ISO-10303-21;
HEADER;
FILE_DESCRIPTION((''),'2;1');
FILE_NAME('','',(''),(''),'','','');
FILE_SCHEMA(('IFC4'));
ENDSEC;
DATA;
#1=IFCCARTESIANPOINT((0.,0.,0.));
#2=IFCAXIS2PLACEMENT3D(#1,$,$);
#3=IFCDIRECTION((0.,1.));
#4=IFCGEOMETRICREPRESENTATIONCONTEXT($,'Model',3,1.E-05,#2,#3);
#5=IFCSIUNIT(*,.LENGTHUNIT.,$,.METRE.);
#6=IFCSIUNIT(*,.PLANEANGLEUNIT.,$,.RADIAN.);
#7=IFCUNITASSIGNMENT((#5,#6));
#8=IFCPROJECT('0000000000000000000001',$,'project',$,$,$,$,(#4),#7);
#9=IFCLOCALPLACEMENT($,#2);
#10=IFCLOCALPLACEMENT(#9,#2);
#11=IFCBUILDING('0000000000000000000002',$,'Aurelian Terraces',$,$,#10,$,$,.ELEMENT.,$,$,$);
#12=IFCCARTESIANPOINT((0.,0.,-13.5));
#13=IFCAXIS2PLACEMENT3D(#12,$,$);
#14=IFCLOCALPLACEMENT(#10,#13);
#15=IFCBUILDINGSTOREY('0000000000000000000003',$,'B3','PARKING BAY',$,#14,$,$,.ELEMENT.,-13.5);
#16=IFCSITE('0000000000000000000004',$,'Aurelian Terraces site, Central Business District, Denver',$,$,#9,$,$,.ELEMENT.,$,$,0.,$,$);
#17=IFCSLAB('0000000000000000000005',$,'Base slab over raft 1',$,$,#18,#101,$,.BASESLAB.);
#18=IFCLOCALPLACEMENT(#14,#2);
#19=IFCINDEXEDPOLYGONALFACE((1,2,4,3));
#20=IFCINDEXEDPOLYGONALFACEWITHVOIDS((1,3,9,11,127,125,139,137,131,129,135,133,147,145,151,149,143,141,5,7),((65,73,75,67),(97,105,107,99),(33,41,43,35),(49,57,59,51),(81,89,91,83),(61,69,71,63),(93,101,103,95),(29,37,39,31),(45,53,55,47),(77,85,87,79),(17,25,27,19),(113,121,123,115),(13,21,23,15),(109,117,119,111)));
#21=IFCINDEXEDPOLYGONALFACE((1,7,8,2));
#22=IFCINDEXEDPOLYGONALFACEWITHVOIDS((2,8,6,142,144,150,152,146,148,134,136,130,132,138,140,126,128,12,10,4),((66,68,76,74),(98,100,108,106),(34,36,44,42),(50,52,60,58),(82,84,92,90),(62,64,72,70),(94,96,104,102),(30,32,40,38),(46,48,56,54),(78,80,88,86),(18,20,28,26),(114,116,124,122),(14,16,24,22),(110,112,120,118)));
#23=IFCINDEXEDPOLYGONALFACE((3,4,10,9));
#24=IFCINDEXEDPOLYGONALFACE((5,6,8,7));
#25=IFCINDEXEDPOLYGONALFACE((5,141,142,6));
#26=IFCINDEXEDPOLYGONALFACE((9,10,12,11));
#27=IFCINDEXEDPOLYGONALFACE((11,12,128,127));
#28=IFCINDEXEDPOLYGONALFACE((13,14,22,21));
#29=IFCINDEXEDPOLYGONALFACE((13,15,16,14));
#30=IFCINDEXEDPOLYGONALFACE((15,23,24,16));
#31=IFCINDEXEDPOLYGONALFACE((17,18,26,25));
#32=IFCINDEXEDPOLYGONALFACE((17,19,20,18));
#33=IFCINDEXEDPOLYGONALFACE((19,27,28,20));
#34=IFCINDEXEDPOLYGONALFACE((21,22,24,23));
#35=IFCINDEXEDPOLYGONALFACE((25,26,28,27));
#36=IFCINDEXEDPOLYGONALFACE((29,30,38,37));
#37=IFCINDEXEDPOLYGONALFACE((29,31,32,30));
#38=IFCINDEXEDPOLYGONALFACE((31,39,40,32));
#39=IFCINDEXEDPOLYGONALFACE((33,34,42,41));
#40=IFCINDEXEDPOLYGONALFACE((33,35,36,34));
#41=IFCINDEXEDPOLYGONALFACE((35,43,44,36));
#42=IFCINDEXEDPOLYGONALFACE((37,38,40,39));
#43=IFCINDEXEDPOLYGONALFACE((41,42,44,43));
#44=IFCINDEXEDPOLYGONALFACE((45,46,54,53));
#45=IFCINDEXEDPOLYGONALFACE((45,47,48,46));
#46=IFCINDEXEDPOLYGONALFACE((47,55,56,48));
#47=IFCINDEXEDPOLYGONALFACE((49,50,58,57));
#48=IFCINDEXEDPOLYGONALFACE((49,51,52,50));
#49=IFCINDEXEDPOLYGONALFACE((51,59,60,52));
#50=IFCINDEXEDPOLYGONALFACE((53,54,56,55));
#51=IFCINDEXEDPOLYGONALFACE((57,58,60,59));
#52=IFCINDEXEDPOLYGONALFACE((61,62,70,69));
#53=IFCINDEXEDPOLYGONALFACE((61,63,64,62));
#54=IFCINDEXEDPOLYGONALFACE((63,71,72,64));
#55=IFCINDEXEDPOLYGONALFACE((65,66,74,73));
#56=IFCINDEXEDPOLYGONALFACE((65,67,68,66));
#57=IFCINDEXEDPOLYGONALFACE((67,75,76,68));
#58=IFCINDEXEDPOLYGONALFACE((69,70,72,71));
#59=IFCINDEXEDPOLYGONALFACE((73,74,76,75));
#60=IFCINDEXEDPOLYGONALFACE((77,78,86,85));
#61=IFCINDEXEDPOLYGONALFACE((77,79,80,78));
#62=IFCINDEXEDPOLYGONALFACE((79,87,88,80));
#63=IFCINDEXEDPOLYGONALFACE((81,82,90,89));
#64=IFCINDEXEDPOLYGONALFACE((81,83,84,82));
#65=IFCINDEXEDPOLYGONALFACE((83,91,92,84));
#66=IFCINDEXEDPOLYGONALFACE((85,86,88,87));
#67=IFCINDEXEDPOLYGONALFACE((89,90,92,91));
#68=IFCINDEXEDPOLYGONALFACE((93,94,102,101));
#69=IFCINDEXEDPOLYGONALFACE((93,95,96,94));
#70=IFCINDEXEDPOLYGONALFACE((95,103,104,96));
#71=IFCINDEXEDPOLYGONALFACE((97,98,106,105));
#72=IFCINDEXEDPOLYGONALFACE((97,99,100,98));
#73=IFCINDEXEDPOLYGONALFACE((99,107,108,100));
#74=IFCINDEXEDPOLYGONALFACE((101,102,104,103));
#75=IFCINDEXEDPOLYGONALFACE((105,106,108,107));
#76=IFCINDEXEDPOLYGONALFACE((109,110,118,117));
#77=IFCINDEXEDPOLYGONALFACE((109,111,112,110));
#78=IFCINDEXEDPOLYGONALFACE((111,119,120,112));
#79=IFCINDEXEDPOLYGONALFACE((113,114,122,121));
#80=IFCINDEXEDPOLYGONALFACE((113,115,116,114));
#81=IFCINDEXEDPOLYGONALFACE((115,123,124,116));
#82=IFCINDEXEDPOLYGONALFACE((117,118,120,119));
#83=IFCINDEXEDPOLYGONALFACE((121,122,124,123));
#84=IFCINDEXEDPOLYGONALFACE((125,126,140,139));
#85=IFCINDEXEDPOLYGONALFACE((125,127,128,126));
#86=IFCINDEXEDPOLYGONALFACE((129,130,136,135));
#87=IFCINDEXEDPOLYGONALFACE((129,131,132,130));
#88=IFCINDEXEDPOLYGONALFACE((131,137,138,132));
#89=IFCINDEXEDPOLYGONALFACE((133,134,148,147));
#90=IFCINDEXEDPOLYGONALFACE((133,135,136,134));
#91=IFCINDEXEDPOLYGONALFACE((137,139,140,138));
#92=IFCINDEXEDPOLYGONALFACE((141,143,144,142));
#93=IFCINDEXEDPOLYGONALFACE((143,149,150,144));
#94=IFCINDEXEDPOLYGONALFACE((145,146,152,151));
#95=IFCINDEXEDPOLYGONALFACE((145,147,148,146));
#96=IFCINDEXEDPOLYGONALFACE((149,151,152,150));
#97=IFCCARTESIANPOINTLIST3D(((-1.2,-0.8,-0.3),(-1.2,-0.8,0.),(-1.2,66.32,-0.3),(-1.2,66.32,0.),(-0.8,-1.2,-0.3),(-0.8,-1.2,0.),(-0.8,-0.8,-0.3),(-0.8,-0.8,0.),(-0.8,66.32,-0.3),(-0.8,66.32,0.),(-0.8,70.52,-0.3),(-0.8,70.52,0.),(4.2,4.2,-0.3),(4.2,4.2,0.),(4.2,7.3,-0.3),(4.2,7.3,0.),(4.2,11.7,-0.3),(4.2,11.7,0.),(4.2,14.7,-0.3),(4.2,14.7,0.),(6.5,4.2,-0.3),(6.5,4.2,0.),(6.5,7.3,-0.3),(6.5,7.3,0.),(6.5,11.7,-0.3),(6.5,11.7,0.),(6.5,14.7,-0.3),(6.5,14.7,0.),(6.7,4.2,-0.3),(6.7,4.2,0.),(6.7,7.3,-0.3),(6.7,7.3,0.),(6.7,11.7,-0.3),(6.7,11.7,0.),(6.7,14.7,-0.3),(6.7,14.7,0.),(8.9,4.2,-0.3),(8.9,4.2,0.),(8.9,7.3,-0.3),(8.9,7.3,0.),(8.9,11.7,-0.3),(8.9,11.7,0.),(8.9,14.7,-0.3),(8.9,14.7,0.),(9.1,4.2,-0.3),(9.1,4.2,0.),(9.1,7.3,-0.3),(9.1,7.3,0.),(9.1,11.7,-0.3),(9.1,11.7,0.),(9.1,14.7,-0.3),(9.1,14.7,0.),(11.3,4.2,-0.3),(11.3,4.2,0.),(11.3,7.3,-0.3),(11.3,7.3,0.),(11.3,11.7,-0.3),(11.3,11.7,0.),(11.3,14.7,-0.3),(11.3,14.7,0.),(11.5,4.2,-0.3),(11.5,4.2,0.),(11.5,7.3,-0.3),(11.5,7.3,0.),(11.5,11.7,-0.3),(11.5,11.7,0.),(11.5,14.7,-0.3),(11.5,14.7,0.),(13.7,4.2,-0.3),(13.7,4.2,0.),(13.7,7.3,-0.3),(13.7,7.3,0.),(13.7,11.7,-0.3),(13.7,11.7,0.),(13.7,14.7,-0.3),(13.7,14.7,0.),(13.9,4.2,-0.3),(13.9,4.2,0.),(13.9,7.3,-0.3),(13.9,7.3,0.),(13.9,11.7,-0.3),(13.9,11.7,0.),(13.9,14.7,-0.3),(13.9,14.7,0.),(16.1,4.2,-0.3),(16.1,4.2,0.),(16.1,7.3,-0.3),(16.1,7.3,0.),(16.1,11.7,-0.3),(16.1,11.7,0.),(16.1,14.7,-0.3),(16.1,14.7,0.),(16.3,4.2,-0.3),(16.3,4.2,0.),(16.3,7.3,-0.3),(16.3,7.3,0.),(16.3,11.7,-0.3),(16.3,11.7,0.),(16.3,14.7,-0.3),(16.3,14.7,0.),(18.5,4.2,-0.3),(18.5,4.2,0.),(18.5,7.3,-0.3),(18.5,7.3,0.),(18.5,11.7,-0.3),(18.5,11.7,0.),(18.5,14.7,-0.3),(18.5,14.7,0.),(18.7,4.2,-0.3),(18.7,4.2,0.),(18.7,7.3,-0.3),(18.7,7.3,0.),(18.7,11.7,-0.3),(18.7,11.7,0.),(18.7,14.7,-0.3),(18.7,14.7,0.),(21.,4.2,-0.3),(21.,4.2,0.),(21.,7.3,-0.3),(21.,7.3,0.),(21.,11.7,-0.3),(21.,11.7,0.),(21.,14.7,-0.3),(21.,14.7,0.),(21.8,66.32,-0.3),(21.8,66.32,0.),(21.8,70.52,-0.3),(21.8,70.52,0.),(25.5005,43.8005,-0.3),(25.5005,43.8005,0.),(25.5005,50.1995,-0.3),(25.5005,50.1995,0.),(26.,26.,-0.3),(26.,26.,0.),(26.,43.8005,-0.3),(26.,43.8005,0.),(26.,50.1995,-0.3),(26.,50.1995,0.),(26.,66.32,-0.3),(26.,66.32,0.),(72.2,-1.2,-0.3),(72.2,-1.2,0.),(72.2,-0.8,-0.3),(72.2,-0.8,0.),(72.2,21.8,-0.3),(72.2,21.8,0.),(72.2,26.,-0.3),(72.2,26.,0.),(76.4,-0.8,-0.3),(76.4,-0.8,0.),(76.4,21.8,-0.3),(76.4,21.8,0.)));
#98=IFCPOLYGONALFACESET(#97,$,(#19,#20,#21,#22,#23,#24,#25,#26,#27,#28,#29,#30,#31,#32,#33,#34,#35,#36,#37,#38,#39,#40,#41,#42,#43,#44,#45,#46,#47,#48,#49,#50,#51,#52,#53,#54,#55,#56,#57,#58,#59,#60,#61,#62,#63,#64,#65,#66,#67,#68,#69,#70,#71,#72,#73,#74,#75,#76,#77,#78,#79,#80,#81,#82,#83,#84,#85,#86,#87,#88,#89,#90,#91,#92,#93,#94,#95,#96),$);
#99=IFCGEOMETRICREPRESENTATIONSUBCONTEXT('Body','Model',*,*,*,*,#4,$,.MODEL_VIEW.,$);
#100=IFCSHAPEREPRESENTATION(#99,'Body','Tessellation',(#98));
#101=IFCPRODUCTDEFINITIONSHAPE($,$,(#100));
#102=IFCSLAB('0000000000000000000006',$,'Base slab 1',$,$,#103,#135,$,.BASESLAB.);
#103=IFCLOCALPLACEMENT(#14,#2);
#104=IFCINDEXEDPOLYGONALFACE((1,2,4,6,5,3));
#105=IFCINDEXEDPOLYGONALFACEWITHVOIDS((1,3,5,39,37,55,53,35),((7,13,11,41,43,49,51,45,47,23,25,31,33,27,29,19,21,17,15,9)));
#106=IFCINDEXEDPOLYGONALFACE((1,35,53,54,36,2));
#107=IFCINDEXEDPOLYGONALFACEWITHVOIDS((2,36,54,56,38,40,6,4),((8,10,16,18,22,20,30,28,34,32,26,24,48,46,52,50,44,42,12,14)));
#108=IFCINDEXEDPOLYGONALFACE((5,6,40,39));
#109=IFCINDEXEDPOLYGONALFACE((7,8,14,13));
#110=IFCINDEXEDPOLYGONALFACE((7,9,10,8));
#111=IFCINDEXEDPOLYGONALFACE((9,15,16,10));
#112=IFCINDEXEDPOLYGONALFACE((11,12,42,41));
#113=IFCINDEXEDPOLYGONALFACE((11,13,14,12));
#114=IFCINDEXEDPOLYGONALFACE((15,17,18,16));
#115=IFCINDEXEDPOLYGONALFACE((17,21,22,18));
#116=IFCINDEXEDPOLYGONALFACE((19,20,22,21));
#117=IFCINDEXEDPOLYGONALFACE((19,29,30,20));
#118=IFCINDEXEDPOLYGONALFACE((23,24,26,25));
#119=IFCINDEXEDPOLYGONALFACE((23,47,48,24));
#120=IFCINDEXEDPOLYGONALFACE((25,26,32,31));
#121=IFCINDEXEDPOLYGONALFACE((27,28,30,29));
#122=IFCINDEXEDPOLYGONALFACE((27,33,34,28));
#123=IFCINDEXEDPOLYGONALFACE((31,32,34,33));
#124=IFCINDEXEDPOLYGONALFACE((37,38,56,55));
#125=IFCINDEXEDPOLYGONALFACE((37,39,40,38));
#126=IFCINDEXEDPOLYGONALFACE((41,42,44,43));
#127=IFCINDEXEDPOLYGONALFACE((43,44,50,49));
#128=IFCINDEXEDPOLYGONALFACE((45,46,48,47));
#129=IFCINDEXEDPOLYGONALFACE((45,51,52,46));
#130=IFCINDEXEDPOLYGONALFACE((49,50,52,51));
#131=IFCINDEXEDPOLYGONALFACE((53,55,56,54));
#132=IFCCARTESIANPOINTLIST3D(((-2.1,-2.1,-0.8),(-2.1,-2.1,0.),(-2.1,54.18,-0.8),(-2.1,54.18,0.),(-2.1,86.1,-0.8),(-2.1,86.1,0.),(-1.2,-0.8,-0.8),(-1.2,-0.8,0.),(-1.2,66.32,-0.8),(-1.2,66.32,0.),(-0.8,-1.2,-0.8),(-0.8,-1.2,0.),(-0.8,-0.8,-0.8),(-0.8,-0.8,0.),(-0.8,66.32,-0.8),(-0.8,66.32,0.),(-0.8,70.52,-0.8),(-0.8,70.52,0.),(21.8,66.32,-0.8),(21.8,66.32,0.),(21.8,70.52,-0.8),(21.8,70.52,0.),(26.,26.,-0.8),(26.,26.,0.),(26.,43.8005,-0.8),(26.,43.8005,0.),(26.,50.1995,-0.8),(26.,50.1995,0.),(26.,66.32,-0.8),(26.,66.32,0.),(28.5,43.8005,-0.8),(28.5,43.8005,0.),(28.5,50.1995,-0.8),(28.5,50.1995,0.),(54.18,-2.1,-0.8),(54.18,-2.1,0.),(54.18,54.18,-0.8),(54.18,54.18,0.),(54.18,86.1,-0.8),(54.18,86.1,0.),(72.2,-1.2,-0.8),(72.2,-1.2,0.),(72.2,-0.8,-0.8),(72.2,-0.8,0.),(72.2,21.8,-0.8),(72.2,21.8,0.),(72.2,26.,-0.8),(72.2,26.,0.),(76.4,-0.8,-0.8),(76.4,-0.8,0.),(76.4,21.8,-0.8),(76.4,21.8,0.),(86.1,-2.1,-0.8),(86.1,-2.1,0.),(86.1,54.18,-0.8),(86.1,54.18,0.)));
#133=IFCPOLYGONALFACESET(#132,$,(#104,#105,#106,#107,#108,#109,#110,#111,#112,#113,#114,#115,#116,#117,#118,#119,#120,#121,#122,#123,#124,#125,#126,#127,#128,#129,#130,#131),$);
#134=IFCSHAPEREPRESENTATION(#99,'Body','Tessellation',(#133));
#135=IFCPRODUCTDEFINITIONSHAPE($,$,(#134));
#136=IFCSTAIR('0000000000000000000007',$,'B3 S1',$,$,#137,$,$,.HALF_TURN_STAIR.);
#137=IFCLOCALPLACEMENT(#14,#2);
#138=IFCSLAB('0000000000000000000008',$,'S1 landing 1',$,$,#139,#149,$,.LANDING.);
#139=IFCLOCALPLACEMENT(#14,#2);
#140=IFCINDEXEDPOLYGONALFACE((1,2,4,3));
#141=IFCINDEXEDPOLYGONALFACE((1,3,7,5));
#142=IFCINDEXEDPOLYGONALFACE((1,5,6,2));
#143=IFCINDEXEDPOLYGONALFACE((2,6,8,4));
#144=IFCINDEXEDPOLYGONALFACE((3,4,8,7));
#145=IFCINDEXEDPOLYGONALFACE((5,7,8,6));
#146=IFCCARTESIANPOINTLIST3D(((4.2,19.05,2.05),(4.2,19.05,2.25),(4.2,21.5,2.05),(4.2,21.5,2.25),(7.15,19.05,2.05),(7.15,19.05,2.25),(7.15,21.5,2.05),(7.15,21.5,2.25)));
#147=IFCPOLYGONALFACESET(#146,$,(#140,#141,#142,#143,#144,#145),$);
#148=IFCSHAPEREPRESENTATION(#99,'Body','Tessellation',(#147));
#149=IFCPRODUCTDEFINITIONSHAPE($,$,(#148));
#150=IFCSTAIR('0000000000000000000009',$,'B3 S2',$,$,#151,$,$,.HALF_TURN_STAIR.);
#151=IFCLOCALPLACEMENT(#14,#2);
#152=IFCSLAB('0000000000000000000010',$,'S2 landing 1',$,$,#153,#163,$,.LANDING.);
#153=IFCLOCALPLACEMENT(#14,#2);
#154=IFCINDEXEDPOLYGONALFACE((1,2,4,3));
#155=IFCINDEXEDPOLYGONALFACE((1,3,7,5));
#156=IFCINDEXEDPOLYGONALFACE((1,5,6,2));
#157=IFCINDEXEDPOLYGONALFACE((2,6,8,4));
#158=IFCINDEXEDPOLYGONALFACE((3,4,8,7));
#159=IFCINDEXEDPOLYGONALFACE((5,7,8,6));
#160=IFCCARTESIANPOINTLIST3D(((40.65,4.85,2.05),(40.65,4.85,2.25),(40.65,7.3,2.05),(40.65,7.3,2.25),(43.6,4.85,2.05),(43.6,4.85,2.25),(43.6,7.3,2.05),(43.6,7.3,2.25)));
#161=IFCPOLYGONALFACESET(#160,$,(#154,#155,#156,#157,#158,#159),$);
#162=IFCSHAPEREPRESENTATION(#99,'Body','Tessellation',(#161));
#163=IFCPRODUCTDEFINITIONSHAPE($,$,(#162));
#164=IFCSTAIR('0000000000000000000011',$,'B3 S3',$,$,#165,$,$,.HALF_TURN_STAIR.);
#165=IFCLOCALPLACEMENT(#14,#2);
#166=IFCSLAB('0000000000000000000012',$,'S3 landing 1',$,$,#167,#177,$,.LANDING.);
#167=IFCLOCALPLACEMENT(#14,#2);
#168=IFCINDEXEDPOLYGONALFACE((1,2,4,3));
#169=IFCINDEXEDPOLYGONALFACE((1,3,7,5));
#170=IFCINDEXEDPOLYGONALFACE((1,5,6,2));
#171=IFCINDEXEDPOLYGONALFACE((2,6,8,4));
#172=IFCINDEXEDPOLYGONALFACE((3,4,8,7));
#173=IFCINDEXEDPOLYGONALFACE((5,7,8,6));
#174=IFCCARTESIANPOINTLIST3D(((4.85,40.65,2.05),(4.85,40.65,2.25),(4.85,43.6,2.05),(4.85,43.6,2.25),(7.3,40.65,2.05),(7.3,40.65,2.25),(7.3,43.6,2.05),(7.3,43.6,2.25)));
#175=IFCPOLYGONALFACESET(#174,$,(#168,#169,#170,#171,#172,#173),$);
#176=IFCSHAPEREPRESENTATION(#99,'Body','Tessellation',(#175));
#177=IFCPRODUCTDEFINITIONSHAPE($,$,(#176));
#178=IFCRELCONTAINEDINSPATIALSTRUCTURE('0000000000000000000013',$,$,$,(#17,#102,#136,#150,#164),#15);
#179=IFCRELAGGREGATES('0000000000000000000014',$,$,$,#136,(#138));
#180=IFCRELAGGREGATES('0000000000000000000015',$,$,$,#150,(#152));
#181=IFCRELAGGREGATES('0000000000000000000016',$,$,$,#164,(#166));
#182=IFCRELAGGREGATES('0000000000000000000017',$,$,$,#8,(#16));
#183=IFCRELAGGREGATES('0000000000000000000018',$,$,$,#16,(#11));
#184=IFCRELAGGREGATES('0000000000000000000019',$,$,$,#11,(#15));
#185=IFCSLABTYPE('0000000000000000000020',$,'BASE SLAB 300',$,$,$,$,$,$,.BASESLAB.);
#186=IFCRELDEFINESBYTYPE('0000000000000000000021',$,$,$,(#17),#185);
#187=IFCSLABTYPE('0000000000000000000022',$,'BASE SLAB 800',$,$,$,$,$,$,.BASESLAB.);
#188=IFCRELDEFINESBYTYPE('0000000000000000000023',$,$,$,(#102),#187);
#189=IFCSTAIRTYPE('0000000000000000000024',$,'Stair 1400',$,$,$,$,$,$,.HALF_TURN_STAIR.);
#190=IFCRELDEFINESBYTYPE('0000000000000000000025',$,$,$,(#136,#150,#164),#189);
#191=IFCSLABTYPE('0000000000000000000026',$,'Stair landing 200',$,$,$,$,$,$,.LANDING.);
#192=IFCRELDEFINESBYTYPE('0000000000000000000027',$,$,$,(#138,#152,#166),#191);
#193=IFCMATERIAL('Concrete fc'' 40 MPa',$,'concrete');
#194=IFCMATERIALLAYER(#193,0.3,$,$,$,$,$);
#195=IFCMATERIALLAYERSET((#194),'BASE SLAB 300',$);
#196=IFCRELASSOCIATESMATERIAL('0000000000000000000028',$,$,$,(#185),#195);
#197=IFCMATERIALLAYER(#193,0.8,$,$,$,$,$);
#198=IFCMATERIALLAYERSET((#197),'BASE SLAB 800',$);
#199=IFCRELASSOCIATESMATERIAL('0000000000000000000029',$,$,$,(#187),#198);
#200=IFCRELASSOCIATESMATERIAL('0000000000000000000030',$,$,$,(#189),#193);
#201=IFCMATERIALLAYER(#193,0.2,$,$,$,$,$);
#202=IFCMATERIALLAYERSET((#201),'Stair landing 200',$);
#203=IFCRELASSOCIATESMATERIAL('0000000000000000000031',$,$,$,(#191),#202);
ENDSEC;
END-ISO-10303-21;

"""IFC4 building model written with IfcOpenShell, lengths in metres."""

from ifc_helpers import new_model, si_unit, direction, frame, origin, place, context, subcontext, project, spatial, polyline, outline, extrude, material, layer, layer_set, type_object, element, aggregate, save


model = new_model("IFC4")

# Units and contexts
model_context = context("Model", 3, precision=1e-05, world=origin(), true_north=direction((0.0, 1.0)))
body_context = subcontext(model_context, "Body", "Model", "MODEL_VIEW")
ifc_project = project(units=[si_unit("LENGTHUNIT", "METRE"), si_unit("PLANEANGLEUNIT", "RADIAN")], contexts=[model_context])

# Site, building, storey
site_placement = place(None, origin())
site = spatial("IfcSite", under=ifc_project, at=site_placement, Name="Aurelian Terraces site, Central Business District, Denver", CompositionType="ELEMENT", RefElevation=0.0)
building_placement = place(site_placement, origin())
building = spatial("IfcBuilding", under=site, at=building_placement, Name="Aurelian Terraces", CompositionType="ELEMENT")
storey_placement = place(building_placement, frame((0.0, 0.0, -13.5)))
storey = spatial("IfcBuildingStorey", under=building, at=storey_placement, Name="B3", Description="PARKING BAY", CompositionType="ELEMENT", Elevation=-13.5)

# Slabs
ifc_material_1 = material(Name="Concrete fc' 40 MPa", Category="concrete")
ifc_layer_1 = layer(ifc_material_1, 0.3)
ifc_layer_set_1 = layer_set([ifc_layer_1], Name="BASE SLAB 300")
slab_type_1 = type_object("IfcSlabType", Name="BASE SLAB 300", PredefinedType="BASESLAB", material=ifc_layer_set_1)
slab_1_placement = place(storey_placement, frame((0.0, 0.0, -0.3)))
element("IfcSlab", 1, at=slab_1_placement, inside=storey, type_object=slab_type_1, Name="Base slab over raft 1", PredefinedType="BASESLAB", context=body_context, shape_type="SweptSolid", body=[
    extrude(outline(polyline([(-0.8, 66.32), (-0.8, 70.52), (21.8, 70.52), (21.8, 66.32), (26.0, 66.32), (26.0, 50.1995), (25.5005, 50.1995), (25.5005, 43.8005), (26.0, 43.8005), (26.0, 26.0), (72.2, 26.0), (72.2, 21.8), (76.4, 21.8), (76.4, -0.8), (72.2, -0.8), (72.2, -1.2), (-0.8, -1.2), (-0.8, -0.8), (-1.2, -0.8), (-1.2, 66.32), (-0.8, 66.32)]), holes=[polyline([(4.2, 7.3), (4.2, 4.2), (6.5, 4.2), (6.5, 7.3), (4.2, 7.3)]), polyline([(8.9, 7.3), (6.7, 7.3), (6.7, 4.2), (8.9, 4.2), (8.9, 7.3)]), polyline([(11.3, 7.3), (9.1, 7.3), (9.1, 4.2), (11.3, 4.2), (11.3, 7.3)]), polyline([(13.7, 7.3), (11.5, 7.3), (11.5, 4.2), (13.7, 4.2), (13.7, 7.3)]), polyline([(6.5, 14.7), (4.2, 14.7), (4.2, 11.7), (6.5, 11.7), (6.5, 14.7)]), polyline([(8.9, 14.7), (6.7, 14.7), (6.7, 11.7), (8.9, 11.7), (8.9, 14.7)]), polyline([(11.3, 14.7), (9.1, 14.7), (9.1, 11.7), (11.3, 11.7), (11.3, 14.7)]), polyline([(13.9, 7.3), (13.9, 4.2), (16.1, 4.2), (16.1, 7.3), (13.9, 7.3)]), polyline([(18.5, 7.3), (16.3, 7.3), (16.3, 4.2), (18.5, 4.2), (18.5, 7.3)]), polyline([(21.0, 7.3), (18.7, 7.3), (18.7, 4.2), (21.0, 4.2), (21.0, 7.3)]), polyline([(13.7, 14.7), (11.5, 14.7), (11.5, 11.7), (13.7, 11.7), (13.7, 14.7)]), polyline([(16.1, 14.7), (13.9, 14.7), (13.9, 11.7), (16.1, 11.7), (16.1, 14.7)]), polyline([(18.5, 14.7), (16.3, 14.7), (16.3, 11.7), (18.5, 11.7), (18.5, 14.7)]), polyline([(21.0, 14.7), (18.7, 14.7), (18.7, 11.7), (21.0, 11.7), (21.0, 14.7)])]), origin(), (0.0, 0.0, 1.0), 0.3),
])
ifc_layer_2 = layer(ifc_material_1, 0.8)
ifc_layer_set_2 = layer_set([ifc_layer_2], Name="BASE SLAB 800")
slab_type_2 = type_object("IfcSlabType", Name="BASE SLAB 800", PredefinedType="BASESLAB", material=ifc_layer_set_2)
slab_2_placement = place(storey_placement, frame((0.0, 0.0, -0.8)))
element("IfcSlab", 2, at=slab_2_placement, inside=storey, type_object=slab_type_2, Name="Base slab 1", PredefinedType="BASESLAB", context=body_context, shape_type="SweptSolid", body=[
    extrude(outline(polyline([(54.18, -2.1), (-2.1, -2.1), (-2.1, 54.18), (-2.1, 86.1), (54.18, 86.1), (54.18, 54.18), (86.1, 54.18), (86.1, -2.1), (54.18, -2.1)]), holes=[polyline([(-0.8, -1.2), (72.2, -1.2), (72.2, -0.8), (76.4, -0.8), (76.4, 21.8), (72.2, 21.8), (72.2, 26.0), (26.0, 26.0), (26.0, 43.8005), (28.5, 43.8005), (28.5, 50.1995), (26.0, 50.1995), (26.0, 66.32), (21.8, 66.32), (21.8, 70.52), (-0.8, 70.52), (-0.8, 66.32), (-1.2, 66.32), (-1.2, -0.8), (-0.8, -0.8), (-0.8, -1.2)])]), origin(), (0.0, 0.0, 1.0), 0.8),
])

# Stairs, slabs
stair_type = type_object("IfcStairType", Name="Stair 1400", PredefinedType="HALF_TURN_STAIR", material=ifc_material_1)
stair_1_placement = place(storey_placement, origin())
stair_1 = element("IfcStair", 3, at=stair_1_placement, inside=storey, type_object=stair_type, Name="B3 S1", PredefinedType="HALF_TURN_STAIR")
ifc_layer_3 = layer(ifc_material_1, 0.2)
ifc_layer_set_3 = layer_set([ifc_layer_3], Name="Stair landing 200")
slab_type_3 = type_object("IfcSlabType", Name="Stair landing 200", PredefinedType="LANDING", material=ifc_layer_set_3)
slab_3_placement = place(storey_placement, frame((0.0, 0.0, 2.05)))
slab_3 = element("IfcSlab", 4, at=slab_3_placement, type_object=slab_type_3, Name="S1 landing 1", PredefinedType="LANDING", context=body_context, shape_type="SweptSolid", body=[
    extrude(outline(polyline([(7.15, 19.05), (7.15, 21.5), (4.2, 21.5), (4.2, 19.05), (7.15, 19.05)])), origin(), (0.0, 0.0, 1.0), 0.2),
])
aggregate(stair_1, [slab_3])
stair_2_placement = place(storey_placement, origin())
stair_2 = element("IfcStair", 5, at=stair_2_placement, inside=storey, type_object=stair_type, Name="B3 S2", PredefinedType="HALF_TURN_STAIR")
slab_4_placement = place(storey_placement, frame((0.0, 0.0, 2.05)))
slab_4 = element("IfcSlab", 6, at=slab_4_placement, type_object=slab_type_3, Name="S2 landing 1", PredefinedType="LANDING", context=body_context, shape_type="SweptSolid", body=[
    extrude(outline(polyline([(43.6, 4.85), (43.6, 7.3), (40.65, 7.3), (40.65, 4.85), (43.6, 4.85)])), origin(), (0.0, 0.0, 1.0), 0.2),
])
aggregate(stair_2, [slab_4])
stair_3_placement = place(storey_placement, origin())
stair_3 = element("IfcStair", 7, at=stair_3_placement, inside=storey, type_object=stair_type, Name="B3 S3", PredefinedType="HALF_TURN_STAIR")
slab_5_placement = place(storey_placement, frame((0.0, 0.0, 2.05)))
slab_5 = element("IfcSlab", 8, at=slab_5_placement, type_object=slab_type_3, Name="S3 landing 1", PredefinedType="LANDING", context=body_context, shape_type="SweptSolid", body=[
    extrude(outline(polyline([(4.85, 40.65), (7.3, 40.65), (7.3, 43.6), (4.85, 43.6), (4.85, 40.65)])), origin(), (0.0, 0.0, 1.0), 0.2),
])
aggregate(stair_3, [slab_5])

save(model, "model.ifc")
